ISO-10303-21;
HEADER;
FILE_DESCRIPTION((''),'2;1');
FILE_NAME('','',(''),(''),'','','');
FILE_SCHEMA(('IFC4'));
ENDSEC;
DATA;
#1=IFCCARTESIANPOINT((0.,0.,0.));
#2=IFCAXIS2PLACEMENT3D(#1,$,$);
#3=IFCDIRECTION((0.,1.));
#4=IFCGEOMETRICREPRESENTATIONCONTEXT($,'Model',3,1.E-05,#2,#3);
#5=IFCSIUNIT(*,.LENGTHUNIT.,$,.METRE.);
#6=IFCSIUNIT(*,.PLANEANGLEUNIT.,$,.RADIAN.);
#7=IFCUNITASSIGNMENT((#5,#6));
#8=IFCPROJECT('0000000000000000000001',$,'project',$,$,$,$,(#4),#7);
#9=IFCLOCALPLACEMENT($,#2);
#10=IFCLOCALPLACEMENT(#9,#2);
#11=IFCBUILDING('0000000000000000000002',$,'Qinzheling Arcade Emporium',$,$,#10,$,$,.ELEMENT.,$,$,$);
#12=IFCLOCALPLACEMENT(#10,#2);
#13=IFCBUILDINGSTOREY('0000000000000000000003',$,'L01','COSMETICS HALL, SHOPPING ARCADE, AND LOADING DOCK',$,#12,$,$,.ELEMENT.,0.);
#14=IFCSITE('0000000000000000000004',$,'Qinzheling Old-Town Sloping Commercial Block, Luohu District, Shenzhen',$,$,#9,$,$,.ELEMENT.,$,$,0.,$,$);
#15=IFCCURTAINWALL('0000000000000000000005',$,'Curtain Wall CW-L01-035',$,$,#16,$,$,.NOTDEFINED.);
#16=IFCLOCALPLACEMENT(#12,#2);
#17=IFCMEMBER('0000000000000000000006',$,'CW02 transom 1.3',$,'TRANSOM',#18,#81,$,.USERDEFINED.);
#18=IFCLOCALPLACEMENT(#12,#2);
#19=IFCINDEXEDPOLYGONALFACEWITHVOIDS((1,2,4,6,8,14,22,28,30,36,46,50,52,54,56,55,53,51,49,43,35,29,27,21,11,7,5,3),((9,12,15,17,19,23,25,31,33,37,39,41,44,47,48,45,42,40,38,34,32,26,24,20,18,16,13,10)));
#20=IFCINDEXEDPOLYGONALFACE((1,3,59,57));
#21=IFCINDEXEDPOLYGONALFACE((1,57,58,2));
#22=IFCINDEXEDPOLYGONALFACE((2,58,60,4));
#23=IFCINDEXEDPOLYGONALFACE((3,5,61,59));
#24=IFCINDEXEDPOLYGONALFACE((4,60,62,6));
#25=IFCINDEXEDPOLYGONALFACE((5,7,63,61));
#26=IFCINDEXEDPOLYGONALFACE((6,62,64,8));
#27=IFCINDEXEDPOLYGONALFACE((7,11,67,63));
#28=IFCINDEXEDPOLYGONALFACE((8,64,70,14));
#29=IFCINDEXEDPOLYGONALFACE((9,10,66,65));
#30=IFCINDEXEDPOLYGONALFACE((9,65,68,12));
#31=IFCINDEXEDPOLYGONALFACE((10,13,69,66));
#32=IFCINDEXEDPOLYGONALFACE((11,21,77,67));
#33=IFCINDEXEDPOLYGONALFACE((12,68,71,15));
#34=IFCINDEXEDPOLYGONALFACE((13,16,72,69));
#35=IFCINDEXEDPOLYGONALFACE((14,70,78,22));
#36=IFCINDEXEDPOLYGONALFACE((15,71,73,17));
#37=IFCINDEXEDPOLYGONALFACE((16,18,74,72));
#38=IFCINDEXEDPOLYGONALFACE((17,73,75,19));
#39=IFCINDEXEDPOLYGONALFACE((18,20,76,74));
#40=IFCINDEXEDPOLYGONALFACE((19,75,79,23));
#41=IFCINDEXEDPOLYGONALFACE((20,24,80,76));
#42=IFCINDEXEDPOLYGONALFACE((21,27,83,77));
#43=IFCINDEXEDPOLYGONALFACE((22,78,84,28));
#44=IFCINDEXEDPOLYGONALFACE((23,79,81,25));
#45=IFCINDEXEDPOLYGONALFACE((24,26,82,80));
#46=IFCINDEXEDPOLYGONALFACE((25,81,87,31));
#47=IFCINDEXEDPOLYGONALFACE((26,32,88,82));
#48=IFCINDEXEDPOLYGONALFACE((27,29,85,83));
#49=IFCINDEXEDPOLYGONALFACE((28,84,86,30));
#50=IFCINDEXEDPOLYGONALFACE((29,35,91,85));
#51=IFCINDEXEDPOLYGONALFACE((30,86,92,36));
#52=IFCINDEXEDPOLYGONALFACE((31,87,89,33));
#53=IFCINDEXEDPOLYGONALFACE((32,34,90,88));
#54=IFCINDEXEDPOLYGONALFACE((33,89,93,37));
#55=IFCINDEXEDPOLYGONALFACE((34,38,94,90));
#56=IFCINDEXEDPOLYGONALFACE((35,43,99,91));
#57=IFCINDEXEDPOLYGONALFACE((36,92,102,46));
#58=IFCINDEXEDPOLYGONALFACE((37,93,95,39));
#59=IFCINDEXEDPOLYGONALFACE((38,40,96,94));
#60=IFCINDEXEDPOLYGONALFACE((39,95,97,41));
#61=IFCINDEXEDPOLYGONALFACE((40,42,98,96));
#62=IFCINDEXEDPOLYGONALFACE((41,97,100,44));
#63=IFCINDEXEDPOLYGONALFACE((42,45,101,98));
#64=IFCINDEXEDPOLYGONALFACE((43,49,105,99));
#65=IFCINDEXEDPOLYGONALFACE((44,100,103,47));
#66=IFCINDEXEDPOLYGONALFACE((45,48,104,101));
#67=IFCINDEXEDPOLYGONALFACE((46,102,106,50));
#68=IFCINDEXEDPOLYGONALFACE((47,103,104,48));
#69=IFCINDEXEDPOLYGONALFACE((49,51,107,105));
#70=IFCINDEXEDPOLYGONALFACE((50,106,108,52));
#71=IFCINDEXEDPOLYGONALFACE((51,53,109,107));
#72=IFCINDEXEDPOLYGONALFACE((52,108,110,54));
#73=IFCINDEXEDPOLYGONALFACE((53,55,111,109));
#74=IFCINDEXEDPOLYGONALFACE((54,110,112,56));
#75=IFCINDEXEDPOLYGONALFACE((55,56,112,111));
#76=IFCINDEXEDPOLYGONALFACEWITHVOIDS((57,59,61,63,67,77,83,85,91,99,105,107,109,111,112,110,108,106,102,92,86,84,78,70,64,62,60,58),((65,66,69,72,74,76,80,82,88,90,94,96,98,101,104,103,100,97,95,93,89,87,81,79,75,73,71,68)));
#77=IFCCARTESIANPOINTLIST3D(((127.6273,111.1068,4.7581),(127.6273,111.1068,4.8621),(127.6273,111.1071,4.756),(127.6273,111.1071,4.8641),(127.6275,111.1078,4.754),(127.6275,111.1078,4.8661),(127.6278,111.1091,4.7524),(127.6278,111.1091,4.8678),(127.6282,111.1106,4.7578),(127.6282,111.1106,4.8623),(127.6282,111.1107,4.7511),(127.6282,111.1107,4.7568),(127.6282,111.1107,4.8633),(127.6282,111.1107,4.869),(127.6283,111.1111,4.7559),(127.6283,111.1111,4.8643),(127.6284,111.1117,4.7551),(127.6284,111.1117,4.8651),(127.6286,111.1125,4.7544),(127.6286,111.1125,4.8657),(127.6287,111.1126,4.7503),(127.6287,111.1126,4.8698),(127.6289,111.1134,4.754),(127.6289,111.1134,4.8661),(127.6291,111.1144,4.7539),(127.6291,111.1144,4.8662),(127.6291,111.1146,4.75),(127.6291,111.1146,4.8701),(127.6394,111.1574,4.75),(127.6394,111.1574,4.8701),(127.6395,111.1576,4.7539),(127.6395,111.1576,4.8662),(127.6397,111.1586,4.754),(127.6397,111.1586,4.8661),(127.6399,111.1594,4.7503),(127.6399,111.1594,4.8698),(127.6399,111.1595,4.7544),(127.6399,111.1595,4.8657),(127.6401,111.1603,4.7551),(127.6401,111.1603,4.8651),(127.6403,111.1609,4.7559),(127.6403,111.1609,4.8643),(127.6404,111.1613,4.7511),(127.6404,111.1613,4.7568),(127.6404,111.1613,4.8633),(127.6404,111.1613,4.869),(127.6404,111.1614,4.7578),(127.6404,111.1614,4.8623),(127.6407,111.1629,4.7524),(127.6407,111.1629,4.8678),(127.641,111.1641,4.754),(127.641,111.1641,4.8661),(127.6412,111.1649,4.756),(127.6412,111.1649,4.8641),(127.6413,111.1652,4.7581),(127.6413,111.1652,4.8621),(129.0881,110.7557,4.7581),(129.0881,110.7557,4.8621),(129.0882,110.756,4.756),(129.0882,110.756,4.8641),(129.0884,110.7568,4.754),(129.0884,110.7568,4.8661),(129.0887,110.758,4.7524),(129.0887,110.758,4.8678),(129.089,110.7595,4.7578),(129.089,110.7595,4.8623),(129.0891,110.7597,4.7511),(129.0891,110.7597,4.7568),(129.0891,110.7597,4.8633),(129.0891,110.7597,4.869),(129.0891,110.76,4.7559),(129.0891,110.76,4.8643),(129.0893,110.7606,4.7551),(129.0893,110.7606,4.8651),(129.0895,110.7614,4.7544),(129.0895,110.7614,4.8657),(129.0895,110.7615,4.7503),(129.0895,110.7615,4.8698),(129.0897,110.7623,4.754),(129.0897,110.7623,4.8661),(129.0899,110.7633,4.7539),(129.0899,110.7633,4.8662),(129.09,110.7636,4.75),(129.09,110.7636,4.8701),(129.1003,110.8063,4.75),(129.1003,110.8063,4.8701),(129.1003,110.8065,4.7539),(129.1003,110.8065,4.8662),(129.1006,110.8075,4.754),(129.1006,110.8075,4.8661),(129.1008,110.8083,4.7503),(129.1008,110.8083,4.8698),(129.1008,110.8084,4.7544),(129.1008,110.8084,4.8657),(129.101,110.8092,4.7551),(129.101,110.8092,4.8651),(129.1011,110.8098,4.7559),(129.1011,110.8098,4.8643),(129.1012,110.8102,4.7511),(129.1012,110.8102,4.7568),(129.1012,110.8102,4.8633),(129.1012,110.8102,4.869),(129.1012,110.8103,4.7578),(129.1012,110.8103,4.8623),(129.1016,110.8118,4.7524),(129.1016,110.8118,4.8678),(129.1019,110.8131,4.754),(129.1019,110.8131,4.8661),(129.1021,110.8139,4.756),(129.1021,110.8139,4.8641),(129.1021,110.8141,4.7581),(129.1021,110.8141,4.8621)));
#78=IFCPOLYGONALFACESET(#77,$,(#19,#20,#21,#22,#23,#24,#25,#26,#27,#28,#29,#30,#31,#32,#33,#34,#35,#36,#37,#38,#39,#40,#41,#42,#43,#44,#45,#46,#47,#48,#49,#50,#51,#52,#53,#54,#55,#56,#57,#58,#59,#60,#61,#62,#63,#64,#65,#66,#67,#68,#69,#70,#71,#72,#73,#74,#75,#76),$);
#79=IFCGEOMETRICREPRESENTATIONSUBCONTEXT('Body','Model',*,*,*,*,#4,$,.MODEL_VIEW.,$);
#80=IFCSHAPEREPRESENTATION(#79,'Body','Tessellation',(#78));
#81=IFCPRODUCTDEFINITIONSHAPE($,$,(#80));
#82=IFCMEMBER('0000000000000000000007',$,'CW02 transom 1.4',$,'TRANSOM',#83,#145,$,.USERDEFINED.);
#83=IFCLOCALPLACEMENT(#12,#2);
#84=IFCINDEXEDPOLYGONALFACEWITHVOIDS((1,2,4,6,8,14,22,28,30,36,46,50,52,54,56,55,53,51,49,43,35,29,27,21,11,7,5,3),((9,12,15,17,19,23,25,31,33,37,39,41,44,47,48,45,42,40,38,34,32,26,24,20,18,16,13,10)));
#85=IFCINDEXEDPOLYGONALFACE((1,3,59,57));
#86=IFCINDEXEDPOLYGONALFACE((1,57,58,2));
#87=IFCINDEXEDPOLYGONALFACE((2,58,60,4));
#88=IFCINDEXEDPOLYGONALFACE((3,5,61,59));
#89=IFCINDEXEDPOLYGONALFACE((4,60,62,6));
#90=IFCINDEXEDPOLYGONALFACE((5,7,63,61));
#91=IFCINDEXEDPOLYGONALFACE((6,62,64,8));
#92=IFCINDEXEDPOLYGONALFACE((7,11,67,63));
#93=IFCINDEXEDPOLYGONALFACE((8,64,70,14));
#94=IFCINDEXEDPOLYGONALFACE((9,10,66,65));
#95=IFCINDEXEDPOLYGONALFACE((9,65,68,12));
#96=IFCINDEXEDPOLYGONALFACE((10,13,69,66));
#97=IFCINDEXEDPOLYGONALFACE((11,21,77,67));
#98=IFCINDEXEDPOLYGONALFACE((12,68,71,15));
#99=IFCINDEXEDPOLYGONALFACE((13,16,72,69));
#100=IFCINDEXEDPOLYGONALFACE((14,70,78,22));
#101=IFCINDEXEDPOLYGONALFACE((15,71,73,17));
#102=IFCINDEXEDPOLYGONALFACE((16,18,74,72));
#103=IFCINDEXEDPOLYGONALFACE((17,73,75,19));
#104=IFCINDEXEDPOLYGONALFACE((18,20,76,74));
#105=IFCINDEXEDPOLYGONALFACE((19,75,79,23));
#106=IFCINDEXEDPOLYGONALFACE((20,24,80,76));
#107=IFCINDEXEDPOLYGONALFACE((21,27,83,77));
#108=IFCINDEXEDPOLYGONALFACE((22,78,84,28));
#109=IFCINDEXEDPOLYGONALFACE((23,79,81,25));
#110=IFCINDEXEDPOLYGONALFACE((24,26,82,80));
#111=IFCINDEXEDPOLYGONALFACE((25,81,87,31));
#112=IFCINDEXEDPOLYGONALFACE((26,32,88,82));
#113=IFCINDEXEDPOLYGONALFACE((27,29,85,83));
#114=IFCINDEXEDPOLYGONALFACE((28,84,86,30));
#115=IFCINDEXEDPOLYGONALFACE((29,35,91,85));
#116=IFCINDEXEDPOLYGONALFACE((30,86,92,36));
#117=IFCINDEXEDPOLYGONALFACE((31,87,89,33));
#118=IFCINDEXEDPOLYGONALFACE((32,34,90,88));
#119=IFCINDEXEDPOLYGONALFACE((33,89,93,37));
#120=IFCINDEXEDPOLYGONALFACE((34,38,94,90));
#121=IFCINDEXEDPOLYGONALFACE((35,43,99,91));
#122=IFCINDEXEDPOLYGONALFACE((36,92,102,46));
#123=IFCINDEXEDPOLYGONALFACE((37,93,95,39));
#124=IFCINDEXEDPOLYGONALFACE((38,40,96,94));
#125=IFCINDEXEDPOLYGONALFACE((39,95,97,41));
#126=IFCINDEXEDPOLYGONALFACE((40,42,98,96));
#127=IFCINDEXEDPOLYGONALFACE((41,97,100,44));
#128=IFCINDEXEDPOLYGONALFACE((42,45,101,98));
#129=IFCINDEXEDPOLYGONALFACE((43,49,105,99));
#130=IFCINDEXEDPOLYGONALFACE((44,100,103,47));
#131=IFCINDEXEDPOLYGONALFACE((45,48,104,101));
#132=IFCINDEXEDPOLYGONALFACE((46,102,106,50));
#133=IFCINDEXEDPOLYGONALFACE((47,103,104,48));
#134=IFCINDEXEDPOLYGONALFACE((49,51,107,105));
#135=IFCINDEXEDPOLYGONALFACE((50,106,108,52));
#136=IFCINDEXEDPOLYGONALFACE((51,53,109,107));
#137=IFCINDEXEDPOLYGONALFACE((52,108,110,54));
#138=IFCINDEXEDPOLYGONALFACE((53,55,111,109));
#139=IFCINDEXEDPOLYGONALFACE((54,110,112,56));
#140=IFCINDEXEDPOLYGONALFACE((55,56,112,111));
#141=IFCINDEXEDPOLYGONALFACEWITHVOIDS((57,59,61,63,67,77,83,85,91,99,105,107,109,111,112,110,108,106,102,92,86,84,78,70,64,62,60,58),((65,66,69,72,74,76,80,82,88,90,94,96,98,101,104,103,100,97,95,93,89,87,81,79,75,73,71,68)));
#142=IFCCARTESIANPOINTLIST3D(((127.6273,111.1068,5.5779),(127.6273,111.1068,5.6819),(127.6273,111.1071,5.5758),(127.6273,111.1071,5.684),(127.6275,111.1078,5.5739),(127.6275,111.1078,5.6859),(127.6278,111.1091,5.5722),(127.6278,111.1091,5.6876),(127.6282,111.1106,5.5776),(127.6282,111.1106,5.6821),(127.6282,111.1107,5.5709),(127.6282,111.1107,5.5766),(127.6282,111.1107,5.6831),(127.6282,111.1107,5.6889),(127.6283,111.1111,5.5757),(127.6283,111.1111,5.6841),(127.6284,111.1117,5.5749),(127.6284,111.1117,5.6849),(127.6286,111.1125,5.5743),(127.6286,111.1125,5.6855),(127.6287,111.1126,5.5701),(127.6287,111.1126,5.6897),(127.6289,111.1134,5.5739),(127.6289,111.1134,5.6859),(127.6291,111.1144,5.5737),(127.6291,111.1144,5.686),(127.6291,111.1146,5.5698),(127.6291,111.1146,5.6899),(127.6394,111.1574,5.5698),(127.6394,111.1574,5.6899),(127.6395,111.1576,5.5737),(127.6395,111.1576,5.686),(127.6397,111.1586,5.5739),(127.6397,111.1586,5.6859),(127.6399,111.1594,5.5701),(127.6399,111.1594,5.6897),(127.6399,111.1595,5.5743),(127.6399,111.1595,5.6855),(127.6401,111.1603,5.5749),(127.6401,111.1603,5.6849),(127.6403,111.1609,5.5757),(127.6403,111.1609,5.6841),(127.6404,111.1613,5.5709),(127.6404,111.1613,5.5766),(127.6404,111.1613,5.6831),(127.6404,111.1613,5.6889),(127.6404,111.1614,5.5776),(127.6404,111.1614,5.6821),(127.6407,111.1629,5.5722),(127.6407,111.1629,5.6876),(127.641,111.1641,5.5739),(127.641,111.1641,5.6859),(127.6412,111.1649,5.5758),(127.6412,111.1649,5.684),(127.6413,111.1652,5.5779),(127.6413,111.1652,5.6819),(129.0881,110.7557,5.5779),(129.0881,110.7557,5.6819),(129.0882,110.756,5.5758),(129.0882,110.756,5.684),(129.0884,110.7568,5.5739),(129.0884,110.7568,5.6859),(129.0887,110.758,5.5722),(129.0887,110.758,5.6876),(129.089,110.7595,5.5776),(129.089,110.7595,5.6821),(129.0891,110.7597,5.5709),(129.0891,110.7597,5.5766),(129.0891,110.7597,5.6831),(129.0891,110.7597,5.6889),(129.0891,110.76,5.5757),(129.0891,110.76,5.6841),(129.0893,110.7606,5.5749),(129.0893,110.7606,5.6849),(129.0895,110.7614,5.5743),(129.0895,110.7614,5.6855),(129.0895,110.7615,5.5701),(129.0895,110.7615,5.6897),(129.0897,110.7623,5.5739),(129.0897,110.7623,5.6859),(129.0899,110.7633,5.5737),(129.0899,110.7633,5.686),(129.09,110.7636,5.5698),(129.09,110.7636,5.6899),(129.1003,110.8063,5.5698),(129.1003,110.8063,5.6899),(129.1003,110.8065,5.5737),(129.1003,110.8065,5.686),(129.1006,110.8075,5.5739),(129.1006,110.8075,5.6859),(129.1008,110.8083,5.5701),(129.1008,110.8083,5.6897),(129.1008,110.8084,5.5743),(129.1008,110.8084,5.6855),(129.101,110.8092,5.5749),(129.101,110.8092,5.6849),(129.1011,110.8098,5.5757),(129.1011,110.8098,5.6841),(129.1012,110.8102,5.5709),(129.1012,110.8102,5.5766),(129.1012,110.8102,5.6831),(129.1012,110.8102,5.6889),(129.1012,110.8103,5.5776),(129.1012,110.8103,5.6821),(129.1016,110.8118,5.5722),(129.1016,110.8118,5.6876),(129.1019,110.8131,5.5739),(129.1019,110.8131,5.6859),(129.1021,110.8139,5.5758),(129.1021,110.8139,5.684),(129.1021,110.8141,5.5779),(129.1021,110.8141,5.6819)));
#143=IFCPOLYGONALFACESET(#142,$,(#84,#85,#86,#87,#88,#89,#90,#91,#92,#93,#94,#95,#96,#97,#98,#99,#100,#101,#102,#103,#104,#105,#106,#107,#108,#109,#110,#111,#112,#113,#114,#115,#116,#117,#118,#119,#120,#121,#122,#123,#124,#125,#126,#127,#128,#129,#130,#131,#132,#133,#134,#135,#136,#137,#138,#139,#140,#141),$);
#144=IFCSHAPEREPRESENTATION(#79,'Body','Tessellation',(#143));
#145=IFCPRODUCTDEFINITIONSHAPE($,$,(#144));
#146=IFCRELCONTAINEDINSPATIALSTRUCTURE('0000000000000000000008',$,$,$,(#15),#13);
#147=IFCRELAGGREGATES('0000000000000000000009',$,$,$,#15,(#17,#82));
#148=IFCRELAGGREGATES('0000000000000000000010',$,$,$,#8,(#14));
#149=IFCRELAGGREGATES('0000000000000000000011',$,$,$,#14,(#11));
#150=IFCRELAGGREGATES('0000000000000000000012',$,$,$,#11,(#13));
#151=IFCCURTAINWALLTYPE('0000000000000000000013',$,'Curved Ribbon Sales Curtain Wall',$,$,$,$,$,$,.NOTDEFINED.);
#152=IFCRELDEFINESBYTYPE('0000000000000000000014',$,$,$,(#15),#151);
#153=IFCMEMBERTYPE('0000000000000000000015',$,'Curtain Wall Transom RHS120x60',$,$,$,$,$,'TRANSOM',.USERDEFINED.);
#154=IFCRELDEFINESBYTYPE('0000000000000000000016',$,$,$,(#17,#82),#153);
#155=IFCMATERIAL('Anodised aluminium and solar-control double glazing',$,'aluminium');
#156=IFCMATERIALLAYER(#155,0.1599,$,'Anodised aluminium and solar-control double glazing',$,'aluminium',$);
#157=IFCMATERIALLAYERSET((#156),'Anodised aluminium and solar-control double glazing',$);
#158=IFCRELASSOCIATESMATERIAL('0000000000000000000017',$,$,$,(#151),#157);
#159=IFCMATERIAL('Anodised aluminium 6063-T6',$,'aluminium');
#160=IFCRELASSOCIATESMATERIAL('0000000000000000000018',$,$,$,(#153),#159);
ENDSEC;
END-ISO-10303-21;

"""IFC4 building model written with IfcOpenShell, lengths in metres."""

from ifc_helpers import new_model, si_unit, direction, frame, origin, origin_2d, place, context, subcontext, project, spatial, hollow_rectangle, extrude, material, layer, layer_set, material_profile, profile_set, type_object, element, aggregate, save


model = new_model("IFC4")

# Units and contexts
model_context = context("Model", 3, precision=1e-05, world=origin(), true_north=direction((0.0, 1.0)))
body_context = subcontext(model_context, "Body", "Model", "MODEL_VIEW")
ifc_project = project(units=[si_unit("LENGTHUNIT", "METRE"), si_unit("PLANEANGLEUNIT", "RADIAN")], contexts=[model_context])

# Site, building, storey
site_placement = place(None, origin())
site = spatial("IfcSite", under=ifc_project, at=site_placement, Name="Qinzheling Old-Town Sloping Commercial Block, Luohu District, Shenzhen", CompositionType="ELEMENT", RefElevation=0.0)
building_placement = place(site_placement, origin())
building = spatial("IfcBuilding", under=site, at=building_placement, Name="Qinzheling Arcade Emporium", CompositionType="ELEMENT")
storey_placement = place(building_placement, origin())
storey = spatial("IfcBuildingStorey", under=building, at=storey_placement, Name="L01", Description="COSMETICS HALL, SHOPPING ARCADE, AND LOADING DOCK", CompositionType="ELEMENT", Elevation=0.0)

# Curtain wall, members
ifc_material_1 = material(Name="Anodised aluminium and solar-control double glazing", Category="aluminium")
ifc_layer_1 = layer(ifc_material_1, 0.1599, Name="Anodised aluminium and solar-control double glazing", Category="aluminium")
ifc_layer_set_1 = layer_set([ifc_layer_1], Name="Anodised aluminium and solar-control double glazing")
curtain_wall_type = type_object("IfcCurtainWallType", Name="Curved Ribbon Sales Curtain Wall", PredefinedType="NOTDEFINED", material=ifc_layer_set_1)
curtain_wall_placement = place(storey_placement, origin())
curtain_wall = element("IfcCurtainWall", 1, at=curtain_wall_placement, inside=storey, type_object=curtain_wall_type, Name="Curtain Wall CW-L01-035", PredefinedType="NOTDEFINED")
ifc_material_2 = material(Name="Anodised aluminium 6063-T6", Category="aluminium")
ifc_material_profile_1 = material_profile(ifc_material_2, hollow_rectangle(XDim=0.0601, YDim=0.1201, WallThickness=0.0039, InnerFilletRadius=0.0039, OuterFilletRadius=0.0081, at=origin_2d()), Name="RHS 120x60x4", Category="aluminium")
ifc_profile_set_1 = profile_set([ifc_material_profile_1], Name="Anodised aluminium 6063-T6")
member_type_1 = type_object("IfcMemberType", Name="Curtain Wall Transom RHS120x60", ElementType="TRANSOM", PredefinedType="USERDEFINED", material=ifc_profile_set_1)
member_1_placement = place(storey_placement, frame((127.6343, 111.136, 4.8101), z_axis=(0.972319, -0.233656, 0.0), x_axis=(0.233656, 0.972319, 0.0)))
member_1 = element("IfcMember", 2, at=member_1_placement, type_object=member_type_1, Name="CW02 transom 1.3", ObjectType="TRANSOM", PredefinedType="USERDEFINED", context=body_context, shape_type="SweptSolid", body=[
    extrude(hollow_rectangle(XDim=0.0601, YDim=0.1201, WallThickness=0.0039, InnerFilletRadius=0.0039, OuterFilletRadius=0.0081, at=origin_2d()), origin(), (0.0, 0.0, 1.0), 1.5024),
])
member_2_placement = place(storey_placement, frame((127.6343, 111.136, 5.6299), z_axis=(0.972319, -0.233656, 0.0), x_axis=(0.233656, 0.972319, 0.0)))
member_2 = element("IfcMember", 3, at=member_2_placement, type_object=member_type_1, Name="CW02 transom 1.4", ObjectType="TRANSOM", PredefinedType="USERDEFINED", context=body_context, shape_type="SweptSolid", body=[
    extrude(hollow_rectangle(XDim=0.0601, YDim=0.1201, WallThickness=0.0039, InnerFilletRadius=0.0039, OuterFilletRadius=0.0081, at=origin_2d()), origin(), (0.0, 0.0, 1.0), 1.5024),
])

aggregate(curtain_wall, [member_1, member_2])

save(model, "model.ifc")
